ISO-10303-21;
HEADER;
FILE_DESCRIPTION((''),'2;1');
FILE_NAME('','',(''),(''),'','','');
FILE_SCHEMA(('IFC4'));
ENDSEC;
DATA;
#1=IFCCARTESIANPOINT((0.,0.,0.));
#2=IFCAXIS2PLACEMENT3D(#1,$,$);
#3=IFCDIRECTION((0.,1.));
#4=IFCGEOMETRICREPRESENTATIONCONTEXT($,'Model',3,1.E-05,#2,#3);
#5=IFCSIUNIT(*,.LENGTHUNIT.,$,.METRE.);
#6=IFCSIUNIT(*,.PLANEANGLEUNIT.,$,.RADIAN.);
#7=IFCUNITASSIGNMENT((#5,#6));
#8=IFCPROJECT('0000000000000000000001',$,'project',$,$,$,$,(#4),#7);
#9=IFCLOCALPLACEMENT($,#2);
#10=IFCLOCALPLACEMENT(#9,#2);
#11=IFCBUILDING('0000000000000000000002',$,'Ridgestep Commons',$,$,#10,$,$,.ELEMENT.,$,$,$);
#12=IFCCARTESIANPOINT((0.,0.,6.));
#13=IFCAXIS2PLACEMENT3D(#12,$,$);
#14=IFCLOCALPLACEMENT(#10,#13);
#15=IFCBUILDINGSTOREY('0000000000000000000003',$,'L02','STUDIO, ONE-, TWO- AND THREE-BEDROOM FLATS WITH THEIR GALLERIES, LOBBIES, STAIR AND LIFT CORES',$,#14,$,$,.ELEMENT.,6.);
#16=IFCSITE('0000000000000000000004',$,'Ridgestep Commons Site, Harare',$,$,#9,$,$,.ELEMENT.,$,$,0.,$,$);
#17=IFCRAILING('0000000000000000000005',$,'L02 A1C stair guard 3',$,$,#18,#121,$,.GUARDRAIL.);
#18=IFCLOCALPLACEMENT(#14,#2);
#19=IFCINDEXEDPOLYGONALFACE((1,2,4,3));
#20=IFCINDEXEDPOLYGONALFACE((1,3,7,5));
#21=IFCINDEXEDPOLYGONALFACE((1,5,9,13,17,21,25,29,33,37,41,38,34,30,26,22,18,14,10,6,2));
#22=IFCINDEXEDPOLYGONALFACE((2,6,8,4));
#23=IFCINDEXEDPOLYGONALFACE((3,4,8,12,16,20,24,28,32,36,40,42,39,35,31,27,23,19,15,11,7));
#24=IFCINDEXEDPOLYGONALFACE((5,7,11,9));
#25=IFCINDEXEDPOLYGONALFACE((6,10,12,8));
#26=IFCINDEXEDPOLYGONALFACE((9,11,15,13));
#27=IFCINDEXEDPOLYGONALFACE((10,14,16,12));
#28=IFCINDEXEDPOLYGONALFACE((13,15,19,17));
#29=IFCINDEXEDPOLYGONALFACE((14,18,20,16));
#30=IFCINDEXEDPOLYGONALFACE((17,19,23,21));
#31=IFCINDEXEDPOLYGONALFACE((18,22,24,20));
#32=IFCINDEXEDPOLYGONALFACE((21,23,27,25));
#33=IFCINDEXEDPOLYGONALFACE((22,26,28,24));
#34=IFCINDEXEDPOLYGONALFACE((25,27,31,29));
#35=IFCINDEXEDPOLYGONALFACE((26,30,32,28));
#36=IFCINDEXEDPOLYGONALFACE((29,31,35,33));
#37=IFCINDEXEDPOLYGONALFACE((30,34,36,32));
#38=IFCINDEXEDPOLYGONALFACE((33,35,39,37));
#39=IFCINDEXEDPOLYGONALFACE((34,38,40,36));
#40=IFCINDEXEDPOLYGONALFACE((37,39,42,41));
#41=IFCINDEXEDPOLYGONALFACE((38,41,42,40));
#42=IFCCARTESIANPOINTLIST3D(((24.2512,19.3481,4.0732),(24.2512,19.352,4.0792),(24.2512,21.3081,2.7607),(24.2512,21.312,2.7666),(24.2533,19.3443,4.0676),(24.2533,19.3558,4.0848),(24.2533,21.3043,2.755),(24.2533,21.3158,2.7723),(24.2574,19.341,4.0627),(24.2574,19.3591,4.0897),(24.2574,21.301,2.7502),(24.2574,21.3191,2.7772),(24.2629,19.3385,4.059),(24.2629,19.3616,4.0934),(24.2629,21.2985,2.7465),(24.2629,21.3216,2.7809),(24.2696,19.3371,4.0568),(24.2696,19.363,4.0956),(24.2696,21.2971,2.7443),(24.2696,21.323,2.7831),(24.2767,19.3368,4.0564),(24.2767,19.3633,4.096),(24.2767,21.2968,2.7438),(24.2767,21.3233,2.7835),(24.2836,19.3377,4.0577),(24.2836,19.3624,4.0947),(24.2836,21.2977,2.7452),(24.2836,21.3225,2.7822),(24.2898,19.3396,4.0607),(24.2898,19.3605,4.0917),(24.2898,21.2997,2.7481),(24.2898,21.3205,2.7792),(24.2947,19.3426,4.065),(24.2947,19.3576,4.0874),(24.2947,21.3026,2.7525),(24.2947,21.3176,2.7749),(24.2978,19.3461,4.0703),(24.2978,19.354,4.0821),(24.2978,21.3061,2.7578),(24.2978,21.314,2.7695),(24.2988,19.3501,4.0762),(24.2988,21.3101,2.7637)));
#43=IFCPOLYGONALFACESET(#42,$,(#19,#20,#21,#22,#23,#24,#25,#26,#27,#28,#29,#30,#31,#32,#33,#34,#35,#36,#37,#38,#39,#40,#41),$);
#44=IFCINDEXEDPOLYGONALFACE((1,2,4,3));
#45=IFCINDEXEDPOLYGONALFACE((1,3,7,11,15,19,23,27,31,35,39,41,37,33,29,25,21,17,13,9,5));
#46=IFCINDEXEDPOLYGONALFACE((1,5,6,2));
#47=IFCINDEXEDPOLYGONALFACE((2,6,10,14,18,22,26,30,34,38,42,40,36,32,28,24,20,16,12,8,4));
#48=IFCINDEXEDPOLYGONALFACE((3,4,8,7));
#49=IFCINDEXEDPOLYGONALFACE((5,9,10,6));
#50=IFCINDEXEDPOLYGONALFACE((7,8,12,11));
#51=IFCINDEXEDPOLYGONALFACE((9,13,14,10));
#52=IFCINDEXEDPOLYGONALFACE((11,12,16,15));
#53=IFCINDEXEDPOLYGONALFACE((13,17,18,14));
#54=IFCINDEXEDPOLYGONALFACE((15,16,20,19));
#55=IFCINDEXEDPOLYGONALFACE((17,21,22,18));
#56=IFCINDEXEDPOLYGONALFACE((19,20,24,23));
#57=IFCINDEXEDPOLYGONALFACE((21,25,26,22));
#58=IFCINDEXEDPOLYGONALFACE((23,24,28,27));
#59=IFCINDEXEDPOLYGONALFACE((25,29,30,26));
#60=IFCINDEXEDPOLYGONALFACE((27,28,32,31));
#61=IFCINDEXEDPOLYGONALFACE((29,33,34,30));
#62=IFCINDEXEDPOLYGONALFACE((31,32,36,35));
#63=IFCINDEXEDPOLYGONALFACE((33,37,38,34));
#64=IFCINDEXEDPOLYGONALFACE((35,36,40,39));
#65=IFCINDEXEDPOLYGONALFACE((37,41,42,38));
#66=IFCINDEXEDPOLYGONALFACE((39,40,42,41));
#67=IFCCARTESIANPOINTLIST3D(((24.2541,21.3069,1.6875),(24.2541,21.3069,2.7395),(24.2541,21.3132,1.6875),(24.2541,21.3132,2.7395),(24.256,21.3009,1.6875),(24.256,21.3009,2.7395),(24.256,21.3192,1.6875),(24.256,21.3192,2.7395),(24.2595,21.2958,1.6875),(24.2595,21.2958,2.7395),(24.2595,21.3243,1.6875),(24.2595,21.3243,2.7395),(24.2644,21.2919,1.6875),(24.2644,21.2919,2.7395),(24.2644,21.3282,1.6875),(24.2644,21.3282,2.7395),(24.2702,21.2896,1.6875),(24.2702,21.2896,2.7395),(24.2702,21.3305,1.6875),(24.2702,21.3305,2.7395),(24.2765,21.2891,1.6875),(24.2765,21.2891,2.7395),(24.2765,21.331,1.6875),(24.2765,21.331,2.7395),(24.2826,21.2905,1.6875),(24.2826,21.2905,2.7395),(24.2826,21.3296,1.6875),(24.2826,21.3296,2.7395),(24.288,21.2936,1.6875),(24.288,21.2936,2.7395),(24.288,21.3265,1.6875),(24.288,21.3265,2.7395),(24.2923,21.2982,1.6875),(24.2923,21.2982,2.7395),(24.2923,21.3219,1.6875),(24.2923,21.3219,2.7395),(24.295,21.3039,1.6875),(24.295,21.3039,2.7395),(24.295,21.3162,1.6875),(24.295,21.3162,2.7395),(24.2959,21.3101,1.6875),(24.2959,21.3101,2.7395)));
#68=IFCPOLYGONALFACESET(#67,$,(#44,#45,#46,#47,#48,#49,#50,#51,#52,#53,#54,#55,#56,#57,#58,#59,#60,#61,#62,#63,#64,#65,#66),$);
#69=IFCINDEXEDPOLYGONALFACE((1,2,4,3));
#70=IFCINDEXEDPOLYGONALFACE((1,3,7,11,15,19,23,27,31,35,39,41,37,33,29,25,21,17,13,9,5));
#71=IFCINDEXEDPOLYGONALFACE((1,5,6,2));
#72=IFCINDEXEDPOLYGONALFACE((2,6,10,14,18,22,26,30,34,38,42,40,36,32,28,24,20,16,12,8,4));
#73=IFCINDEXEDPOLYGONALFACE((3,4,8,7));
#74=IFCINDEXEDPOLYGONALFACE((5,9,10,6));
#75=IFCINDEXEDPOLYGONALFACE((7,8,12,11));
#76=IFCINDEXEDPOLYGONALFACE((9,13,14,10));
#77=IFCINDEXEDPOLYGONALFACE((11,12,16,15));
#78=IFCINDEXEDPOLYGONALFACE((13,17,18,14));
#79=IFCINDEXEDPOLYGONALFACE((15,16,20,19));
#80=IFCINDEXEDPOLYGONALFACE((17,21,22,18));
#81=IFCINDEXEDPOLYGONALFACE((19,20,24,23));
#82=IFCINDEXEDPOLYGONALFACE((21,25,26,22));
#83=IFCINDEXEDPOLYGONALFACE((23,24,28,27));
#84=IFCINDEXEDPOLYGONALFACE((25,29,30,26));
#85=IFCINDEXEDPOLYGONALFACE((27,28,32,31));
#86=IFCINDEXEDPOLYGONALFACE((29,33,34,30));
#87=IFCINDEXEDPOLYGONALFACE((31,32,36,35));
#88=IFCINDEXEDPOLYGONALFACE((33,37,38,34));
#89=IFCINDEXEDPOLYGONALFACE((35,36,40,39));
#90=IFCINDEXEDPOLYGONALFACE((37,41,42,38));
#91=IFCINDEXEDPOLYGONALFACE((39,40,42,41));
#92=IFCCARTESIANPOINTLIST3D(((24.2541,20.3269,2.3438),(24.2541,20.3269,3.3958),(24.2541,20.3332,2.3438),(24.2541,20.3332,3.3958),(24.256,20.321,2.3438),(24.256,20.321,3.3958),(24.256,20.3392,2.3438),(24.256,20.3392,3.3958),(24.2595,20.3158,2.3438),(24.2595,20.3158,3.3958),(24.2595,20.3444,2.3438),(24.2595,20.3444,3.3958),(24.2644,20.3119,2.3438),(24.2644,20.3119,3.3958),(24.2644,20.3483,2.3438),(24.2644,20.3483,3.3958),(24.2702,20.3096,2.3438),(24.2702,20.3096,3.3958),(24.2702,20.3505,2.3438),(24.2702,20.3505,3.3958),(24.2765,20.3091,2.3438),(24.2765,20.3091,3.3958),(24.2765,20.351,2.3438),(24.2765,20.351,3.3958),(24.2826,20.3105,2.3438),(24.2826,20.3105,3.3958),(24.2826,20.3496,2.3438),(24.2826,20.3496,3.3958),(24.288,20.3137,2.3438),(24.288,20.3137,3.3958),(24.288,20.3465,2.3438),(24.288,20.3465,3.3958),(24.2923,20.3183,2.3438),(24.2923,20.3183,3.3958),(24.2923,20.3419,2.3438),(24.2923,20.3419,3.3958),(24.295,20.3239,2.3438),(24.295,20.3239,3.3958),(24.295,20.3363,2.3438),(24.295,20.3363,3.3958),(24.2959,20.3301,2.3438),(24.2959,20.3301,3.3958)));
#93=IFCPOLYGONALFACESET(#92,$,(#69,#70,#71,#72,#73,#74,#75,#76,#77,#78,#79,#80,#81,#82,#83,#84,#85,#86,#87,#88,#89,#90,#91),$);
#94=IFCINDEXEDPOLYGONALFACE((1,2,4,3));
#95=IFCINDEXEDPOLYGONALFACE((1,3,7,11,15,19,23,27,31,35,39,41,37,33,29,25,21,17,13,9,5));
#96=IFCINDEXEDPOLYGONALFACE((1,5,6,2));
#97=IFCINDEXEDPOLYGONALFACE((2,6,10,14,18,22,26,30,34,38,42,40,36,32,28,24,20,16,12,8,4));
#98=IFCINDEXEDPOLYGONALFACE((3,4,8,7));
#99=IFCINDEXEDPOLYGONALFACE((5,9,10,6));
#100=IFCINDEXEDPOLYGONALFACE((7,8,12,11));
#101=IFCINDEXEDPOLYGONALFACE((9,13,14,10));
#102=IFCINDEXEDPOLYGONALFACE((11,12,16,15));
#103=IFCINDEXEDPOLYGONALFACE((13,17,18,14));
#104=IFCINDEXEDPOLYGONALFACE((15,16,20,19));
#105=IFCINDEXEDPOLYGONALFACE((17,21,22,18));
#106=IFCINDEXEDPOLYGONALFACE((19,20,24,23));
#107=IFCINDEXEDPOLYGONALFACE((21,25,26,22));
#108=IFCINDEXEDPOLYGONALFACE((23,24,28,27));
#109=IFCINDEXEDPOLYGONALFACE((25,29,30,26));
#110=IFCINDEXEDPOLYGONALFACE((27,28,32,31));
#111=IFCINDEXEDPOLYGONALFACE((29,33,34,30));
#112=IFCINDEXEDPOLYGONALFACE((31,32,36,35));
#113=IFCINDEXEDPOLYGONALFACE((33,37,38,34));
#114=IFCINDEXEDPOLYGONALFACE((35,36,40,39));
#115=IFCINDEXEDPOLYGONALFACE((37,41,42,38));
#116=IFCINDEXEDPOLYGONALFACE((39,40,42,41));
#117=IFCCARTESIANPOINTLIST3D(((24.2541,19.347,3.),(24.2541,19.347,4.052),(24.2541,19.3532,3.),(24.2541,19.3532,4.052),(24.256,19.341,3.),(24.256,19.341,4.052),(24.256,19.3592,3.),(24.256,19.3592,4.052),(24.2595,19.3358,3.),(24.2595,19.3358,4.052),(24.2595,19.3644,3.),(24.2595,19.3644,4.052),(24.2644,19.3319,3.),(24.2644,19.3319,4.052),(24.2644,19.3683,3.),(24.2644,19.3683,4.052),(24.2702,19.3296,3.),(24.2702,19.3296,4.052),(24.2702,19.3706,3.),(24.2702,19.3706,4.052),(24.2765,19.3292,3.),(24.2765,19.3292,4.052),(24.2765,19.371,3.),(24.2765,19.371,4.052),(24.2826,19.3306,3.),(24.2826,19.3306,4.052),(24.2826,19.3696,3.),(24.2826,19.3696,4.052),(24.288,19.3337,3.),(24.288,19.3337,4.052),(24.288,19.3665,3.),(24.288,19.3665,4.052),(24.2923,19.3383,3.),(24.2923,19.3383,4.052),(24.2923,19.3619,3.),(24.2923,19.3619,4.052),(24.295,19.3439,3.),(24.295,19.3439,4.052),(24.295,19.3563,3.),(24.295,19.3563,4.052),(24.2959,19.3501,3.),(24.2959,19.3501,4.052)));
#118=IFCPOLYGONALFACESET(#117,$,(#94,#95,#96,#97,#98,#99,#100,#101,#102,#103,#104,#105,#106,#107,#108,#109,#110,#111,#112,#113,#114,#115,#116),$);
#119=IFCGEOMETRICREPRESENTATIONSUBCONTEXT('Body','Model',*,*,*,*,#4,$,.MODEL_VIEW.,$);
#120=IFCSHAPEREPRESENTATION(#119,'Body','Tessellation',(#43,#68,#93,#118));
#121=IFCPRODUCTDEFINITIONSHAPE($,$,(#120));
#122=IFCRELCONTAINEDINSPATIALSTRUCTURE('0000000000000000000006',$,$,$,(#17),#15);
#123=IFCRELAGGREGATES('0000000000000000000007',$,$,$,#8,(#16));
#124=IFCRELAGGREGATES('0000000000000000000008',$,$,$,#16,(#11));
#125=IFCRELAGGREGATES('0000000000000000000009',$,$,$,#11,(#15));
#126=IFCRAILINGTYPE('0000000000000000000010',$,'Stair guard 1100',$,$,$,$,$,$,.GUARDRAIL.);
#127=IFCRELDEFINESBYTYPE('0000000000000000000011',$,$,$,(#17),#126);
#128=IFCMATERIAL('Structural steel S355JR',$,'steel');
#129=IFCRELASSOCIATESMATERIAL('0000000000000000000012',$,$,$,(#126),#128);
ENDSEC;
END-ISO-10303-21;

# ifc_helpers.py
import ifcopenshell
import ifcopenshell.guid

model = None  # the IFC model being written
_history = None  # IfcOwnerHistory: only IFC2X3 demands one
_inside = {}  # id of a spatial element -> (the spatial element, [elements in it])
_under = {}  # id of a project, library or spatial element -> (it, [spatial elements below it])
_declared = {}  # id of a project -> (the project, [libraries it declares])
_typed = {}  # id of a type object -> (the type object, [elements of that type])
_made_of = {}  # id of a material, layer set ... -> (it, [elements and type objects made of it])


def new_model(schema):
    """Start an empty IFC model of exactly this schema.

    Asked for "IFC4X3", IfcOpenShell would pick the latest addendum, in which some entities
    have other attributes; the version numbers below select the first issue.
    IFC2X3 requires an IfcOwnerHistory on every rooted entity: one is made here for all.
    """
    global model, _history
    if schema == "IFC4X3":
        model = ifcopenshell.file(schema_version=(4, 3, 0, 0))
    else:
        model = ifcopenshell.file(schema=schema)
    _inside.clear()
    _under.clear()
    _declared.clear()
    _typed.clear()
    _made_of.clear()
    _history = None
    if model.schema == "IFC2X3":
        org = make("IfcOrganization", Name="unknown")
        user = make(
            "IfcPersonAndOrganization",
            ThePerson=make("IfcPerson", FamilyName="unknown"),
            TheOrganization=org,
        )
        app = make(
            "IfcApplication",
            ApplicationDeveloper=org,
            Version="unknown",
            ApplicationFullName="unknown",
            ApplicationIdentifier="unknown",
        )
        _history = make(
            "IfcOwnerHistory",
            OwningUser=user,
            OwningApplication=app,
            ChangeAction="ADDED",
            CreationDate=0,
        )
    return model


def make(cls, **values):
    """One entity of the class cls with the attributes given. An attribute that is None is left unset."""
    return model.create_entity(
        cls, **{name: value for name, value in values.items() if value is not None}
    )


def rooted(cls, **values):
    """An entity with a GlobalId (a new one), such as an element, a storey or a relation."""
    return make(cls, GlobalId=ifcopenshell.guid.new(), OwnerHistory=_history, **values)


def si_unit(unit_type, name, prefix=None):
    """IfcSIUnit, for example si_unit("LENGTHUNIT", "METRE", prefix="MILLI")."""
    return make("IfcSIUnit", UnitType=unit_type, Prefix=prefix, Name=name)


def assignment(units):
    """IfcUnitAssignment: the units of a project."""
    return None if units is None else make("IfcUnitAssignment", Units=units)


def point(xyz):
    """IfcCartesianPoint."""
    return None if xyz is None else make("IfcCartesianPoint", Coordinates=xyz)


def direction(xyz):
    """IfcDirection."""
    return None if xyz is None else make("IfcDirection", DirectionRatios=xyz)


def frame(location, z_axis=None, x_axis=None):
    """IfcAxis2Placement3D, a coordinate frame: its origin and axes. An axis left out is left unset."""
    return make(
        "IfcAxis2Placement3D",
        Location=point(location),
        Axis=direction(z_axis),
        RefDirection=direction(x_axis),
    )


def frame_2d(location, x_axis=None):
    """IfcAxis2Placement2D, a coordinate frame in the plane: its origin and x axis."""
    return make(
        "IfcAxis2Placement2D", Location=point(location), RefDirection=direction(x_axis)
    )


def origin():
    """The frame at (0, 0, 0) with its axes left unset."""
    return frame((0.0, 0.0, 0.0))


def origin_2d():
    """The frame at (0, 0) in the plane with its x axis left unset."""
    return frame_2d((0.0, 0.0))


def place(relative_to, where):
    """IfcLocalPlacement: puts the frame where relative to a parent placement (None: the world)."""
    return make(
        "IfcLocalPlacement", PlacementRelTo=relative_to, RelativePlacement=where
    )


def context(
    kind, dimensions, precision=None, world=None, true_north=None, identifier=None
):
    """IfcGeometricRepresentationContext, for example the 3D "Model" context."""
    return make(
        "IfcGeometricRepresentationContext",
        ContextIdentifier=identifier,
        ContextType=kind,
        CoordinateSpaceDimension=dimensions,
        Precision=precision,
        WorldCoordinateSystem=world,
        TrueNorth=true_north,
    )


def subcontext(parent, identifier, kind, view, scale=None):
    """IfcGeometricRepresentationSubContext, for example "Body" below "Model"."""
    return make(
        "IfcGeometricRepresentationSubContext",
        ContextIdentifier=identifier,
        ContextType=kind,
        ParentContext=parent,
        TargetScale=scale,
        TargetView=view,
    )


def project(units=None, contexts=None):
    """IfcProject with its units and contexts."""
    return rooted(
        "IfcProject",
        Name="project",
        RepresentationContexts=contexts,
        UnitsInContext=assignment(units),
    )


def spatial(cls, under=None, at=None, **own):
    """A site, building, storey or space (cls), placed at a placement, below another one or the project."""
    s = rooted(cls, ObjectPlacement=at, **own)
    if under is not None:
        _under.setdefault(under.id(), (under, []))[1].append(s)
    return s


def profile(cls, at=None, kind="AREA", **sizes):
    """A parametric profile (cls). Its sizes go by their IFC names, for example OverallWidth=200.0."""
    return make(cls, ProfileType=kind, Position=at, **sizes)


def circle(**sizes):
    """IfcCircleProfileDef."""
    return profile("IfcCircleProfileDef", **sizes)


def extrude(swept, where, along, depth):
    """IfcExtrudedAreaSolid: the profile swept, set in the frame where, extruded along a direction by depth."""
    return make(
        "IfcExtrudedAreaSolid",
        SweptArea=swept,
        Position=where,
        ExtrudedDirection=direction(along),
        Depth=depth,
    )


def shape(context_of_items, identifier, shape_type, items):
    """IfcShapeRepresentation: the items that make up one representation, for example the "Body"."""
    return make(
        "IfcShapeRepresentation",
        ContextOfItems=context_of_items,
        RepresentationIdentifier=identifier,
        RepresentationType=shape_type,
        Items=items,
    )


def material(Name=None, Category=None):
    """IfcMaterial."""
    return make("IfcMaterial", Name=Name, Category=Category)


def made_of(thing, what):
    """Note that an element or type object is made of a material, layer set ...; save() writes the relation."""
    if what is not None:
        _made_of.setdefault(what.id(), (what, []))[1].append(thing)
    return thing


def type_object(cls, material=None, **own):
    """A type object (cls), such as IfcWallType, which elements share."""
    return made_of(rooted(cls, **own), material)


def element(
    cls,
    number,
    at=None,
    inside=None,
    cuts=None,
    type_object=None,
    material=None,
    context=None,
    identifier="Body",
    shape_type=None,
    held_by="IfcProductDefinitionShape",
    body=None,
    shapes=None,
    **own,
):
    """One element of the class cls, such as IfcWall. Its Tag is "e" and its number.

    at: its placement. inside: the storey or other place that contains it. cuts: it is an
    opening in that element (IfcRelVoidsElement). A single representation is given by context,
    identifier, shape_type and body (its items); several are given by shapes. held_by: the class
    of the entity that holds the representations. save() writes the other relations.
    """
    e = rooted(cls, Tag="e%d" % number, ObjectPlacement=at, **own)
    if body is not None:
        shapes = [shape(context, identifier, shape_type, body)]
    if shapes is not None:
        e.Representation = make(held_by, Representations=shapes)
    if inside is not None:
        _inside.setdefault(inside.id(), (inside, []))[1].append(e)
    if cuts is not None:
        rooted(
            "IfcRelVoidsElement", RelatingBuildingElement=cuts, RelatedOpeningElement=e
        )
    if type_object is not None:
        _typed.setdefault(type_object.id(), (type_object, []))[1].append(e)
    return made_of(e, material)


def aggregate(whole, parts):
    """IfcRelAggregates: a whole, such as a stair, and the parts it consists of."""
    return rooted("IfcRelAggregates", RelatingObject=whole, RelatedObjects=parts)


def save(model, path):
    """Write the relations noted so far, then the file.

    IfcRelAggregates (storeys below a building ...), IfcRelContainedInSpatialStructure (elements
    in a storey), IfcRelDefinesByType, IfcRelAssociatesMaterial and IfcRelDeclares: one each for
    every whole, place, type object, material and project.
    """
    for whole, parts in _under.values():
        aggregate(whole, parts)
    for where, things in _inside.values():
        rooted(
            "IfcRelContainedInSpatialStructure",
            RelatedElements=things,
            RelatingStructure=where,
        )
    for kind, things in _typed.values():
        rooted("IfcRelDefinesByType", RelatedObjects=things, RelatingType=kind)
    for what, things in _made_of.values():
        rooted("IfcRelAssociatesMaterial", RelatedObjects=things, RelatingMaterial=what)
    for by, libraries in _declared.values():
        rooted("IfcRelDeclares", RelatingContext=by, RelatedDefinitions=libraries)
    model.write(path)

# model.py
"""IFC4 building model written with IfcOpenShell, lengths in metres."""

from ifc_helpers import new_model, si_unit, direction, frame, origin, origin_2d, place, context, subcontext, project, spatial, circle, extrude, material, type_object, element, save


model = new_model("IFC4")

# Units and contexts
model_context = context("Model", 3, precision=1e-05, world=origin(), true_north=direction((0.0, 1.0)))
body_context = subcontext(model_context, "Body", "Model", "MODEL_VIEW")
ifc_project = project(units=[si_unit("LENGTHUNIT", "METRE"), si_unit("PLANEANGLEUNIT", "RADIAN")], contexts=[model_context])

# Site, building, storey
site_placement = place(None, origin())
site = spatial("IfcSite", under=ifc_project, at=site_placement, Name="Ridgestep Commons Site, Harare", CompositionType="ELEMENT", RefElevation=0.0)
building_placement = place(site_placement, origin())
building = spatial("IfcBuilding", under=site, at=building_placement, Name="Ridgestep Commons", CompositionType="ELEMENT")
storey_placement = place(building_placement, frame((0.0, 0.0, 6.0)))
storey = spatial("IfcBuildingStorey", under=building, at=storey_placement, Name="L02", Description="STUDIO, ONE-, TWO- AND THREE-BEDROOM FLATS WITH THEIR GALLERIES, LOBBIES, STAIR AND LIFT CORES", CompositionType="ELEMENT", Elevation=6.0)

# Railing
ifc_material_1 = material(Name="Structural steel S355JR", Category="steel")
railing_type_1 = type_object("IfcRailingType", Name="Stair guard 1100", PredefinedType="GUARDRAIL", material=ifc_material_1)
railing_1_placement = place(storey_placement, frame((24.2749, 21.3101, 1.6875)))
element("IfcRailing", 1, at=railing_1_placement, inside=storey, type_object=railing_type_1, Name="L02 A1C stair guard 3", PredefinedType="GUARDRAIL", context=body_context, shape_type="SweptSolid", body=[
    extrude(circle(Radius=0.0239, at=origin_2d()), frame((0.0, 0.0, 1.0762), z_axis=(0.0, -0.830902, 0.556419), x_axis=(1.0, 0.0, 0.0)), (0.0, 0.0, 1.0), 2.3589),
    extrude(circle(Radius=0.021, at=origin_2d()), origin(), (0.0, 0.0, 1.0), 1.052),
    extrude(circle(Radius=0.021, at=origin_2d()), frame((0.0, -0.98, 0.6562)), (0.0, 0.0, 1.0), 1.052),
    extrude(circle(Radius=0.021, at=origin_2d()), frame((0.0, -1.96, 1.3125)), (0.0, 0.0, 1.0), 1.052),
])

save(model, "model.ifc")
